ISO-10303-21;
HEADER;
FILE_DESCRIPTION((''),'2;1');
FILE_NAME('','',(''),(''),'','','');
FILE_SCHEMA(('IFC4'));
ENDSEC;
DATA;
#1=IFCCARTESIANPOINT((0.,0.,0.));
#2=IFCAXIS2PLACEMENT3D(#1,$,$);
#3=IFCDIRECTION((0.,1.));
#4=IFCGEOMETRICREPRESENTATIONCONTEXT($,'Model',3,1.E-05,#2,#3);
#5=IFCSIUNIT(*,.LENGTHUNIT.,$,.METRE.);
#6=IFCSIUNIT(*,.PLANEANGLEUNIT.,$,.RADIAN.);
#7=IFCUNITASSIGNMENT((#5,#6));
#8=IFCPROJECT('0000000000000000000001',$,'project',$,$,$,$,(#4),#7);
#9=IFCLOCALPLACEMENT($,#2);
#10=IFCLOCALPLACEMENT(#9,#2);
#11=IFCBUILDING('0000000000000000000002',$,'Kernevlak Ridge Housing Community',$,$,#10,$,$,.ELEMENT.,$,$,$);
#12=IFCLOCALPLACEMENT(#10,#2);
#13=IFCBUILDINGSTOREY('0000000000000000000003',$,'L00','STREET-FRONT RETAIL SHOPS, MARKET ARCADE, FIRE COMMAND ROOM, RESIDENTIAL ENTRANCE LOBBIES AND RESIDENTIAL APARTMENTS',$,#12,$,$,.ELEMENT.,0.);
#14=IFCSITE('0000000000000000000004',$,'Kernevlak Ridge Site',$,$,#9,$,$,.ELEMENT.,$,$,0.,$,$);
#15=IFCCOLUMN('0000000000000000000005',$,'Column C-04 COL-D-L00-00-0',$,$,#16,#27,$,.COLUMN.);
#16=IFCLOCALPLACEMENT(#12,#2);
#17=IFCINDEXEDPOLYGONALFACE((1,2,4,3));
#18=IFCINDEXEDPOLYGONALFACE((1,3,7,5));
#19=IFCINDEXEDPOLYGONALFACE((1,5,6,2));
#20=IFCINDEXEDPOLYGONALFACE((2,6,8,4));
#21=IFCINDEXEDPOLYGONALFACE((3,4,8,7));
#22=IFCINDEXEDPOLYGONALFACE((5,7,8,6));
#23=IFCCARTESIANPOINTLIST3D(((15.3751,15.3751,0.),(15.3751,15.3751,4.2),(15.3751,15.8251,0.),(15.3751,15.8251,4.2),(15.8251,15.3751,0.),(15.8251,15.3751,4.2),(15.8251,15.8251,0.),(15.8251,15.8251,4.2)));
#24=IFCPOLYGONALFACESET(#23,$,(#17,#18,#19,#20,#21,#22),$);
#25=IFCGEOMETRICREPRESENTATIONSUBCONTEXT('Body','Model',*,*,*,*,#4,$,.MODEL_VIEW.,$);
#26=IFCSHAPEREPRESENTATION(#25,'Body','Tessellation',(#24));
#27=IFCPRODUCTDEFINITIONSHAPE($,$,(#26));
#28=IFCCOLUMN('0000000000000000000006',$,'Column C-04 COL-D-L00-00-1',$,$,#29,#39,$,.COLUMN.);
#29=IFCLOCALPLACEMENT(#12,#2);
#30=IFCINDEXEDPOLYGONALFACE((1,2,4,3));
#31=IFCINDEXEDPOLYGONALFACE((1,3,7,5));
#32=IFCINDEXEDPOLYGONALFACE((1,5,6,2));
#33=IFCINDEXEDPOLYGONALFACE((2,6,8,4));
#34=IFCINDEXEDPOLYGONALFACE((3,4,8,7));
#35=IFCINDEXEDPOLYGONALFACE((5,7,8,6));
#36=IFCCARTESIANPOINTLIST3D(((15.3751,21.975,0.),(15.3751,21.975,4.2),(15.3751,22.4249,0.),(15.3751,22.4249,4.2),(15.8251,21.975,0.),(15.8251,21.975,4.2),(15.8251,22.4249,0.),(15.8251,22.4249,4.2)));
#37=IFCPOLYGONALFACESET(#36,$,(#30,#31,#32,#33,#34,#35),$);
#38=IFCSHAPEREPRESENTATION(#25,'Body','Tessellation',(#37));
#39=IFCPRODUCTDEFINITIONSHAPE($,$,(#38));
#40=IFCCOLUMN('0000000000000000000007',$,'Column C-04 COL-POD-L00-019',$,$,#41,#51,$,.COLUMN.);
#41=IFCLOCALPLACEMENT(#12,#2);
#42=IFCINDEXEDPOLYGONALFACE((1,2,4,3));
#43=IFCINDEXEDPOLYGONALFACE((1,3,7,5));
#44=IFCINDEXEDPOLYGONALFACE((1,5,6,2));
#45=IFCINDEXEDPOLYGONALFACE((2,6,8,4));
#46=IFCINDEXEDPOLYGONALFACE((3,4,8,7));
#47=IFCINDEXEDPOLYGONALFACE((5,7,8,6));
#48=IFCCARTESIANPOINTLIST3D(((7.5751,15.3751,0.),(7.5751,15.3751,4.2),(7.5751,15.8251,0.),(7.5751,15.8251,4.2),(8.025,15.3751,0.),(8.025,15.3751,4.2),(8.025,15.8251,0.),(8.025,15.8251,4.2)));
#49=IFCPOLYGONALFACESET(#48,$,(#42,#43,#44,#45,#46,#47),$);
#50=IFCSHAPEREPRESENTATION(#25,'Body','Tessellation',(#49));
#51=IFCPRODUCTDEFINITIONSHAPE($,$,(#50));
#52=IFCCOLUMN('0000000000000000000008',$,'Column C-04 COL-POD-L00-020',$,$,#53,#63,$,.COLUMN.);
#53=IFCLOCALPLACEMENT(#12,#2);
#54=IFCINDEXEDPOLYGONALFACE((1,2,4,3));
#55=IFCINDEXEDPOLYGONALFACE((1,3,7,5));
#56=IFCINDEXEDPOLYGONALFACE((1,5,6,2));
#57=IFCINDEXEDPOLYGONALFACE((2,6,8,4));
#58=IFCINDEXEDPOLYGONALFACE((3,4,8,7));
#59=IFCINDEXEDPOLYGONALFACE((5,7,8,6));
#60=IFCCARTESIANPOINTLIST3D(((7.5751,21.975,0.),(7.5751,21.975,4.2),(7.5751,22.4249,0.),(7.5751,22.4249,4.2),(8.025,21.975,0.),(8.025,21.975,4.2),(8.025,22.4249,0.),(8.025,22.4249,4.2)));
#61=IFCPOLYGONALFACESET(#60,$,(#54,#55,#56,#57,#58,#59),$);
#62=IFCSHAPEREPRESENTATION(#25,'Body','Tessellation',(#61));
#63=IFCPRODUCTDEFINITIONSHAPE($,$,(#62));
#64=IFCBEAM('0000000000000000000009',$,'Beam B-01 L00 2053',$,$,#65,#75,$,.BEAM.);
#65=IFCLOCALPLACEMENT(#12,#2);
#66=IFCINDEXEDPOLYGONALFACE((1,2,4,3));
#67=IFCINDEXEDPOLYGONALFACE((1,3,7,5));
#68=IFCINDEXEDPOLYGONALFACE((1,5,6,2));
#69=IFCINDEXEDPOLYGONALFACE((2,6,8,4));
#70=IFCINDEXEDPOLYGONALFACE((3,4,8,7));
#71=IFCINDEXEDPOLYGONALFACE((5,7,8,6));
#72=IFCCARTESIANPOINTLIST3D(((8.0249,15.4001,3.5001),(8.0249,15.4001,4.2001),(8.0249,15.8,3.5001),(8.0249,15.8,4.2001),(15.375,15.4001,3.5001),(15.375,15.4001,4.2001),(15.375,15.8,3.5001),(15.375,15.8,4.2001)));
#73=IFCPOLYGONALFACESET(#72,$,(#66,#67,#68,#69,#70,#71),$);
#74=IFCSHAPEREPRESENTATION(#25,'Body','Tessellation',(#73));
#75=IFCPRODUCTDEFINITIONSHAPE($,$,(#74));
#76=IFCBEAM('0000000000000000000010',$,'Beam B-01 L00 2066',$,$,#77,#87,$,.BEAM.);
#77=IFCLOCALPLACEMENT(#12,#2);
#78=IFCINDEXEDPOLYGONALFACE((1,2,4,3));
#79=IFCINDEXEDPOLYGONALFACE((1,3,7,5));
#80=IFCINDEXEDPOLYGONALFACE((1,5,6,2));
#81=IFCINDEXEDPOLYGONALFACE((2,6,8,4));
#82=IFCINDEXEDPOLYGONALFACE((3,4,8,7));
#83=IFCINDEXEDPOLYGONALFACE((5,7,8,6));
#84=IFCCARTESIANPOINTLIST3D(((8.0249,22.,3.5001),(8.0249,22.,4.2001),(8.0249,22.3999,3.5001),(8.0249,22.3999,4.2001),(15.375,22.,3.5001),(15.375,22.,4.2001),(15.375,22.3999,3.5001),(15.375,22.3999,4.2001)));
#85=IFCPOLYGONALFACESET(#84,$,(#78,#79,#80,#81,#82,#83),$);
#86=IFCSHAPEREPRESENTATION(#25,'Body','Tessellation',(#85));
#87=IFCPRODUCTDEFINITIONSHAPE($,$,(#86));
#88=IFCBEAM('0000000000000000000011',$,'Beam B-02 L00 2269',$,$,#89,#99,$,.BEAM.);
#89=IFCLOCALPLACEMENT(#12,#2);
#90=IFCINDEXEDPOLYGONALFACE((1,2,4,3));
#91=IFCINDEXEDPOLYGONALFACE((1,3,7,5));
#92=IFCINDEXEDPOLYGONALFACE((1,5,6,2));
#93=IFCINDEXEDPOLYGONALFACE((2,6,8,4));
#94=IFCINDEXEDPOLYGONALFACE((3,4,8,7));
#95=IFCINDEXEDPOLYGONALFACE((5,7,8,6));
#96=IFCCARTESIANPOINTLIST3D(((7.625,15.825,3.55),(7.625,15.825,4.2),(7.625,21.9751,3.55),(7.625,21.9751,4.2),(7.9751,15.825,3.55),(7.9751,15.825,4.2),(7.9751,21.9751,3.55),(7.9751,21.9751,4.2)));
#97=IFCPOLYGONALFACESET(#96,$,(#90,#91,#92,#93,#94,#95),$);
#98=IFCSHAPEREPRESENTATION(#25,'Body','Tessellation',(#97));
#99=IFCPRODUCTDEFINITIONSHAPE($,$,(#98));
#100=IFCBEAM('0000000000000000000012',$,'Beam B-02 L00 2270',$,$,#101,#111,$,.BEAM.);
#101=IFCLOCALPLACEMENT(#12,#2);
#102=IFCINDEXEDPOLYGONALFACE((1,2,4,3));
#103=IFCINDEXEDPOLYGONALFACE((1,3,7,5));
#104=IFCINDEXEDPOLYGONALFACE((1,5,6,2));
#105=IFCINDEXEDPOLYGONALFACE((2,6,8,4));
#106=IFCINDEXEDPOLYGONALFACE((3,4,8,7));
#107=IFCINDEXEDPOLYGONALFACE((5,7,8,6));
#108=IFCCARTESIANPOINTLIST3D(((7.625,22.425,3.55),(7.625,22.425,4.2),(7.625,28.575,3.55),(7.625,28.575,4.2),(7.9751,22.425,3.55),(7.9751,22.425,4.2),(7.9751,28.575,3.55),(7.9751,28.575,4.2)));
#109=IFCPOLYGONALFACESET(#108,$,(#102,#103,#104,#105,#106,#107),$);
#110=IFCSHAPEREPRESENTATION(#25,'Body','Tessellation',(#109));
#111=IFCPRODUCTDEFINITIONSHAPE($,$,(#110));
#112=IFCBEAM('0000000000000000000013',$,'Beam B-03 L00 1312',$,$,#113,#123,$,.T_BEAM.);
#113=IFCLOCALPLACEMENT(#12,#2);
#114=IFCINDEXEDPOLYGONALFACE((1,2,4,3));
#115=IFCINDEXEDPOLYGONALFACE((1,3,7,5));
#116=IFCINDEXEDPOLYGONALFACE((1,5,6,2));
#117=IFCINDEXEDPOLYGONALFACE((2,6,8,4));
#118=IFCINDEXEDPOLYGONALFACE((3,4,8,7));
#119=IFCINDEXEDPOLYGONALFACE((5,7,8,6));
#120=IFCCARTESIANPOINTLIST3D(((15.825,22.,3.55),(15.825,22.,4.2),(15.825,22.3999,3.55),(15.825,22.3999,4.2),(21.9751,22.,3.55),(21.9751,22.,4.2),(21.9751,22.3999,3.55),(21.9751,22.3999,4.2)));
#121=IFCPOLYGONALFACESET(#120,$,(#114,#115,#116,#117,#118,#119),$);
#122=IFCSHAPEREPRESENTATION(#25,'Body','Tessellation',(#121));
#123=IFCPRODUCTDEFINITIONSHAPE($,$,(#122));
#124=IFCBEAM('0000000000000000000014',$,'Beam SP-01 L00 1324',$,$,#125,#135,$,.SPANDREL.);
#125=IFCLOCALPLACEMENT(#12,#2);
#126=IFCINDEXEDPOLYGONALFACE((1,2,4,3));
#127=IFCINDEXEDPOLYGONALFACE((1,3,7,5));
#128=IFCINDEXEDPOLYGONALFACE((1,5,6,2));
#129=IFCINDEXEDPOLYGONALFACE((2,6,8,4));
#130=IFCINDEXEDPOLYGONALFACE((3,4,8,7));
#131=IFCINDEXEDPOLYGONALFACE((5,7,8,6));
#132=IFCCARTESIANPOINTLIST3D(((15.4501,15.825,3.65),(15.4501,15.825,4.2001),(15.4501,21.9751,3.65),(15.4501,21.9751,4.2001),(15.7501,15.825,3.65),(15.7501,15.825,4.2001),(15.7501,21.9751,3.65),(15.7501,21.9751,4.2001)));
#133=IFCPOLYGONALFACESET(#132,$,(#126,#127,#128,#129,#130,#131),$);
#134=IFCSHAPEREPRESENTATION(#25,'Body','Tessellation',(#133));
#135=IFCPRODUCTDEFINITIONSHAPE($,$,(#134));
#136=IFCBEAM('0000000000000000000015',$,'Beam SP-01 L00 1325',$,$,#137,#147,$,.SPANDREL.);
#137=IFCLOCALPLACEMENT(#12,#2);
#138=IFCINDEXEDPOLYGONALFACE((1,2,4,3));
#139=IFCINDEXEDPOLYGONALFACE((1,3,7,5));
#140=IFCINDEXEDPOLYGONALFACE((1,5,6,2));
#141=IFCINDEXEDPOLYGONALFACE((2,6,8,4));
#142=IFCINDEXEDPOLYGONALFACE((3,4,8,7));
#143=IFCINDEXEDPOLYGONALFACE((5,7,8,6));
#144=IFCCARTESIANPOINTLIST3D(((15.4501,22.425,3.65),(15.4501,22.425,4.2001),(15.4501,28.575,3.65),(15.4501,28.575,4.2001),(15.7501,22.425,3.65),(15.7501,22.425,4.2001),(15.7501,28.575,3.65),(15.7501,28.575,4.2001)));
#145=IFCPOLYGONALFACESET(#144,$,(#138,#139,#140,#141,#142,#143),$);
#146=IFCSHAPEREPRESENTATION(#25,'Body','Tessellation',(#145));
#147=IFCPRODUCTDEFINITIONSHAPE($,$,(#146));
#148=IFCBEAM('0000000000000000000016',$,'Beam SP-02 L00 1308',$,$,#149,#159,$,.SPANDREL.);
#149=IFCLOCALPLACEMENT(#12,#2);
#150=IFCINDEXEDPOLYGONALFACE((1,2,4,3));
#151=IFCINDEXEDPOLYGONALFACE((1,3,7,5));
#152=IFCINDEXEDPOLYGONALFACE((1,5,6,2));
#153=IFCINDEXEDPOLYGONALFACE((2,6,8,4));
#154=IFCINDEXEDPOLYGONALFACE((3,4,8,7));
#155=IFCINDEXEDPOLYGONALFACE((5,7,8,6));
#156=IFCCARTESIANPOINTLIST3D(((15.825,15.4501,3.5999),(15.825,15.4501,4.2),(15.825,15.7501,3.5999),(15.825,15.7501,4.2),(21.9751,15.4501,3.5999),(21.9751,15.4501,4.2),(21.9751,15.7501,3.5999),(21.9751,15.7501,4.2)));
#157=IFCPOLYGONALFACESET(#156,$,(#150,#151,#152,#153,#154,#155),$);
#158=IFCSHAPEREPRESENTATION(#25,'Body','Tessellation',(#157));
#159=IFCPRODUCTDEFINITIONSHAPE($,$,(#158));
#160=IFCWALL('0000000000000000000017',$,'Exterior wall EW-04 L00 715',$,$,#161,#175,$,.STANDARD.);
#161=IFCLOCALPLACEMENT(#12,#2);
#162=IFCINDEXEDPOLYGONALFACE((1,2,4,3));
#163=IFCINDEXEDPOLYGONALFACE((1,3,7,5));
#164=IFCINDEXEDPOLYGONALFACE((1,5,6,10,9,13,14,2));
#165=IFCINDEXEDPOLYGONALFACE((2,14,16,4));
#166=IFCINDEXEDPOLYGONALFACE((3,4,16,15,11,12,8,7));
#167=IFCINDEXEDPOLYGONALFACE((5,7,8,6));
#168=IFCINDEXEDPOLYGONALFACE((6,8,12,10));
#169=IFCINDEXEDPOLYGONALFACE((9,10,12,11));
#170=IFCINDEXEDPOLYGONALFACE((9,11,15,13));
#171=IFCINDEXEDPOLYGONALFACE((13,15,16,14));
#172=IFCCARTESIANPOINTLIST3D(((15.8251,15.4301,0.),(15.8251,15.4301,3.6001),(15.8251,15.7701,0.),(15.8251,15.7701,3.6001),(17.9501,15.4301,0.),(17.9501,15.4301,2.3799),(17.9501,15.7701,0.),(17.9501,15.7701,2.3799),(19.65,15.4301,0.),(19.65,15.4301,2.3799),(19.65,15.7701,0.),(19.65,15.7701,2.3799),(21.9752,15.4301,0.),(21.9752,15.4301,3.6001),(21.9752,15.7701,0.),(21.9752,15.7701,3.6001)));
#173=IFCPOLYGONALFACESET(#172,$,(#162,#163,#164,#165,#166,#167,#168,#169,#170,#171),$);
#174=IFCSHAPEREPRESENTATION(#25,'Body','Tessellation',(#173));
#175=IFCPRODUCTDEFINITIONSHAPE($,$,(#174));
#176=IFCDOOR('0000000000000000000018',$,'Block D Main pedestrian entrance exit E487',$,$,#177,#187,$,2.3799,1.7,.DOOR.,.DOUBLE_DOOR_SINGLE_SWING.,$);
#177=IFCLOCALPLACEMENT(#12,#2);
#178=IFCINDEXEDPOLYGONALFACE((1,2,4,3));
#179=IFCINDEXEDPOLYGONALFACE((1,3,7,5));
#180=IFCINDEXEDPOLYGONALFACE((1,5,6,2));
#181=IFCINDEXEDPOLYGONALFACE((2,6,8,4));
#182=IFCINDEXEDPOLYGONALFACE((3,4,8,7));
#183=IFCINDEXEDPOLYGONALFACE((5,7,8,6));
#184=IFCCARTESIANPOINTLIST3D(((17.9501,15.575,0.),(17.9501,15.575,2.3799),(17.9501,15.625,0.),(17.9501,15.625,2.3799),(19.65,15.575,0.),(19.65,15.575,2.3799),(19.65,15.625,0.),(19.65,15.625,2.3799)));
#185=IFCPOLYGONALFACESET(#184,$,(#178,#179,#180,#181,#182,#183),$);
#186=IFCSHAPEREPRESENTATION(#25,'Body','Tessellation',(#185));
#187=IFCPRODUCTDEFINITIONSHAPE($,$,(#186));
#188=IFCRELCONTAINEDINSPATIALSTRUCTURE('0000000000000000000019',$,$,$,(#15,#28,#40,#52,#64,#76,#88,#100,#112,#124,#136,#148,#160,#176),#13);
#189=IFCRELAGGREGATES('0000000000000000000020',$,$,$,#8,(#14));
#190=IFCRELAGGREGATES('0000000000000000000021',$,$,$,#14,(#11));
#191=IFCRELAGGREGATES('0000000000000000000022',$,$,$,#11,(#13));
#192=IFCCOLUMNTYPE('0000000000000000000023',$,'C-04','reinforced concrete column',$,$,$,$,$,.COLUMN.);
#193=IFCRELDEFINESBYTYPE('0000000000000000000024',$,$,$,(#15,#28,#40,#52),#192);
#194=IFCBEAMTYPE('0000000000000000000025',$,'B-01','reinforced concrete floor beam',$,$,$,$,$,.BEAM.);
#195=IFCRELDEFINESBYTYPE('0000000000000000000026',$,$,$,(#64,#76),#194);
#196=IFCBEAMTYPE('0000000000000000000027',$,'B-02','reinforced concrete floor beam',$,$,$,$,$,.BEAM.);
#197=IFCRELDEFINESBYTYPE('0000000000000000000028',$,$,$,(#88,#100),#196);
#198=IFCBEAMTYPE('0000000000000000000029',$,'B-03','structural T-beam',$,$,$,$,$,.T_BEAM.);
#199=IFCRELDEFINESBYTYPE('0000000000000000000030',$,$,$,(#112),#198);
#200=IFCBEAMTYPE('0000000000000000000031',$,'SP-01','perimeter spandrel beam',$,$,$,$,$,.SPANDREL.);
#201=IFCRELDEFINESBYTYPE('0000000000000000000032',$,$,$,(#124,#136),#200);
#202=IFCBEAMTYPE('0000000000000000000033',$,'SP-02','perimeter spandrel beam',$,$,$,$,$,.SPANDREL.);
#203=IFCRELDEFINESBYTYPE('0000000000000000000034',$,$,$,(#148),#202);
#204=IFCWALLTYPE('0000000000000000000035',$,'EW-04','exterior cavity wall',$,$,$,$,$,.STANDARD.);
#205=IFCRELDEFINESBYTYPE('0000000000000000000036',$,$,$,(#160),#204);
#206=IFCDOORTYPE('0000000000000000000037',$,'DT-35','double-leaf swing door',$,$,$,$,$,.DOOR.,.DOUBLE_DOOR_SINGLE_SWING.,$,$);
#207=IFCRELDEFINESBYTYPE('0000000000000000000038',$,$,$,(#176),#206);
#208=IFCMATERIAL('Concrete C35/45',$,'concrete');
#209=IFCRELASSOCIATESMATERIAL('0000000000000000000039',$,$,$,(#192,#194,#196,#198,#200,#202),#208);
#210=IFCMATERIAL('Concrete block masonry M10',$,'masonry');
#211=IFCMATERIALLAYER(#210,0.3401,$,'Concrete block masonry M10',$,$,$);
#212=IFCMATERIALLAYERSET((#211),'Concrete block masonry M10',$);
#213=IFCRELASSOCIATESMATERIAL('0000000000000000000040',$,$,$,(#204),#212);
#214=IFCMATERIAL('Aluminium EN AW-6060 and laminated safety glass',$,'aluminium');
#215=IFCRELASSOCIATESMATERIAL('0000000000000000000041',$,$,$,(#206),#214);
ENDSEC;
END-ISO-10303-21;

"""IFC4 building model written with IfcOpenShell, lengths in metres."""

from ifc_helpers import new_model, si_unit, direction, frame, frame_2d, origin, origin_2d, place, context, subcontext, project, spatial, rectangle, extrude, material, layer, layer_set, material_profile, profile_set, type_object, element, fill, save


model = new_model("IFC4")

# Units and contexts
model_context = context("Model", 3, precision=1e-05, world=origin(), true_north=direction((0.0, 1.0)))
body_context = subcontext(model_context, "Body", "Model", "MODEL_VIEW")
ifc_project = project(units=[si_unit("LENGTHUNIT", "METRE"), si_unit("PLANEANGLEUNIT", "RADIAN")], contexts=[model_context])

# Site, building, storey
site_placement = place(None, origin())
site = spatial("IfcSite", under=ifc_project, at=site_placement, Name="Kernevlak Ridge Site", CompositionType="ELEMENT", RefElevation=0.0)
building_placement = place(site_placement, origin())
building = spatial("IfcBuilding", under=site, at=building_placement, Name="Kernevlak Ridge Housing Community", CompositionType="ELEMENT")
storey_placement = place(building_placement, origin())
storey = spatial("IfcBuildingStorey", under=building, at=storey_placement, Name="L00", Description="STREET-FRONT RETAIL SHOPS, MARKET ARCADE, FIRE COMMAND ROOM, RESIDENTIAL ENTRANCE LOBBIES AND RESIDENTIAL APARTMENTS", CompositionType="ELEMENT", Elevation=0.0)

# Columns
ifc_material_1 = material(Name="Concrete C35/45", Category="concrete")
ifc_material_profile_1 = material_profile(ifc_material_1, rectangle(XDim=0.45, YDim=0.45, at=origin_2d()), Name="RC 450x450")
ifc_profile_set_1 = profile_set([ifc_material_profile_1], Name="Concrete C35/45")
column_type = type_object("IfcColumnType", Name="C-04", Description="reinforced concrete column", PredefinedType="COLUMN", material=ifc_profile_set_1)
for number, where, z_axis, x_axis, name in (
    (1, (15.6001, 15.6001, 0.0), (0.0, 0.0, 1.0), (1.0, 0.0, 0.0), "Column C-04 COL-D-L00-00-0"),
    (2, (15.6001, 22.2, 0.0), (0.0, 0.0, 1.0), (1.0, 0.0, 0.0), "Column C-04 COL-D-L00-00-1"),
    (3, (7.8, 15.6001, 0.0), (0.0, 0.0, 1.0), (1.0, 0.0, 0.0), "Column C-04 COL-POD-L00-019"),
    (4, (7.8, 22.2, 0.0), (0.0, 0.0, 1.0), (1.0, 0.0, 0.0), "Column C-04 COL-POD-L00-020"),
):
    element("IfcColumn", number, at=place(storey_placement, frame(where, z_axis=z_axis, x_axis=x_axis)), inside=storey, type_object=column_type, Name=name, PredefinedType="COLUMN", context=body_context, shape_type="SweptSolid", body=[
        extrude(rectangle(XDim=0.45, YDim=0.45, at=origin_2d()), origin(), (0.0, 0.0, 1.0), 4.2),
    ])

# Beams
ifc_material_profile_2 = material_profile(ifc_material_1, rectangle(XDim=0.3999, YDim=0.7, at=origin_2d()), Name="RC 400x700")
ifc_profile_set_2 = profile_set([ifc_material_profile_2], Name="Concrete C35/45")
beam_type_1 = type_object("IfcBeamType", Name="B-01", Description="reinforced concrete floor beam", PredefinedType="BEAM", material=ifc_profile_set_2)
for number, where, z_axis, x_axis, name in (
    (5, (8.0249, 15.6001, 3.8501), (1.0, 0.0, 0.0), (0.0, 1.0, 0.0), "Beam B-01 L00 2053"),
    (6, (8.0249, 22.2, 3.8501), (1.0, 0.0, 0.0), (0.0, 1.0, 0.0), "Beam B-01 L00 2066"),
):
    element("IfcBeam", number, at=place(storey_placement, frame(where, z_axis=z_axis, x_axis=x_axis)), inside=storey, type_object=beam_type_1, Name=name, PredefinedType="BEAM", context=body_context, shape_type="SweptSolid", body=[
        extrude(rectangle(XDim=0.3999, YDim=0.7, at=origin_2d()), origin(), (0.0, 0.0, 1.0), 7.3501),
    ])
ifc_material_profile_3 = material_profile(ifc_material_1, rectangle(XDim=0.3501, YDim=0.6499, at=origin_2d()), Name="RC 350x650")
ifc_profile_set_3 = profile_set([ifc_material_profile_3], Name="Concrete C35/45")
beam_type_2 = type_object("IfcBeamType", Name="B-02", Description="reinforced concrete floor beam", PredefinedType="BEAM", material=ifc_profile_set_3)
beam_1_placement = place(storey_placement, frame((7.8, 15.825, 3.875), z_axis=(0.0, 1.0, 0.0), x_axis=(-1.0, 0.0, 0.0)))
element("IfcBeam", 7, at=beam_1_placement, inside=storey, type_object=beam_type_2, Name="Beam B-02 L00 2269", PredefinedType="BEAM", context=body_context, shape_type="SweptSolid", body=[
    extrude(rectangle(XDim=0.3501, YDim=0.6499, at=origin_2d()), origin(), (0.0, 0.0, 1.0), 6.1501),
])
beam_2_placement = place(storey_placement, frame((7.8, 22.425, 3.875), z_axis=(0.0, 1.0, 0.0), x_axis=(-1.0, 0.0, 0.0)))
element("IfcBeam", 8, at=beam_2_placement, inside=storey, type_object=beam_type_2, Name="Beam B-02 L00 2270", PredefinedType="BEAM", context=body_context, shape_type="SweptSolid", body=[
    extrude(rectangle(XDim=0.3501, YDim=0.6499, at=origin_2d()), origin(), (0.0, 0.0, 1.0), 6.1499),
])
ifc_material_profile_4 = material_profile(ifc_material_1, rectangle(XDim=0.3999, YDim=0.6499, at=origin_2d()), Name="RC 400x650")
ifc_profile_set_4 = profile_set([ifc_material_profile_4], Name="Concrete C35/45")
beam_type_3 = type_object("IfcBeamType", Name="B-03", Description="structural T-beam", PredefinedType="T_BEAM", material=ifc_profile_set_4)
beam_3_placement = place(storey_placement, frame((15.825, 22.2, 3.875), z_axis=(1.0, 0.0, 0.0), x_axis=(0.0, 1.0, 0.0)))
element("IfcBeam", 9, at=beam_3_placement, inside=storey, type_object=beam_type_3, Name="Beam B-03 L00 1312", PredefinedType="T_BEAM", context=body_context, shape_type="SweptSolid", body=[
    extrude(rectangle(XDim=0.3999, YDim=0.6499, at=origin_2d()), origin(), (0.0, 0.0, 1.0), 6.1501),
])
ifc_material_profile_5 = material_profile(ifc_material_1, rectangle(XDim=0.3, YDim=0.55, at=origin_2d()), Name="RC 300x550")
ifc_profile_set_5 = profile_set([ifc_material_profile_5], Name="Concrete C35/45")
beam_type_4 = type_object("IfcBeamType", Name="SP-01", Description="perimeter spandrel beam", PredefinedType="SPANDREL", material=ifc_profile_set_5)
beam_4_placement = place(storey_placement, frame((15.6001, 15.825, 3.925), z_axis=(0.0, 1.0, 0.0), x_axis=(-1.0, 0.0, 0.0)))
element("IfcBeam", 10, at=beam_4_placement, inside=storey, type_object=beam_type_4, Name="Beam SP-01 L00 1324", PredefinedType="SPANDREL", context=body_context, shape_type="SweptSolid", body=[
    extrude(rectangle(XDim=0.3, YDim=0.55, at=origin_2d()), origin(), (0.0, 0.0, 1.0), 6.1501),
])
beam_5_placement = place(storey_placement, frame((15.6001, 22.425, 3.925), z_axis=(0.0, 1.0, 0.0), x_axis=(-1.0, 0.0, 0.0)))
element("IfcBeam", 11, at=beam_5_placement, inside=storey, type_object=beam_type_4, Name="Beam SP-01 L00 1325", PredefinedType="SPANDREL", context=body_context, shape_type="SweptSolid", body=[
    extrude(rectangle(XDim=0.3, YDim=0.55, at=origin_2d()), origin(), (0.0, 0.0, 1.0), 6.1499),
])
ifc_material_profile_6 = material_profile(ifc_material_1, rectangle(XDim=0.3, YDim=0.6001, at=origin_2d()), Name="RC 300x600")
ifc_profile_set_6 = profile_set([ifc_material_profile_6], Name="Concrete C35/45")
beam_type_5 = type_object("IfcBeamType", Name="SP-02", Description="perimeter spandrel beam", PredefinedType="SPANDREL", material=ifc_profile_set_6)
beam_6_placement = place(storey_placement, frame((15.825, 15.6001, 3.8999), z_axis=(1.0, 0.0, 0.0), x_axis=(0.0, 1.0, 0.0)))
element("IfcBeam", 12, at=beam_6_placement, inside=storey, type_object=beam_type_5, Name="Beam SP-02 L00 1308", PredefinedType="SPANDREL", context=body_context, shape_type="SweptSolid", body=[
    extrude(rectangle(XDim=0.3, YDim=0.6001, at=origin_2d()), origin(), (0.0, 0.0, 1.0), 6.1501),
])

# Wall, opening, door
ifc_material_2 = material(Name="Concrete block masonry M10", Category="masonry")
ifc_layer_1 = layer(ifc_material_2, 0.3401, Name="Concrete block masonry M10")
ifc_layer_set_1 = layer_set([ifc_layer_1], Name="Concrete block masonry M10")
wall_type_1 = type_object("IfcWallType", Name="EW-04", Description="exterior cavity wall", PredefinedType="STANDARD", material=ifc_layer_set_1)
wall_1_placement = place(storey_placement, frame((15.825, 15.6001, 0.0), z_axis=(0.0, 0.0, 1.0), x_axis=(1.0, 0.0, 0.0)))
wall_1 = element("IfcWall", 13, at=wall_1_placement, inside=storey, type_object=wall_type_1, Name="Exterior wall EW-04 L00 715", PredefinedType="STANDARD", context=body_context, shape_type="SweptSolid", body=[
    extrude(rectangle(XDim=6.1501, YDim=0.3401, at=frame_2d((3.0752, 0.0))), origin(), (0.0, 0.0, 1.0), 3.6001),
])
opening_1_placement = place(wall_1_placement, frame((2.125, 0.0, 0.0)))
opening_1 = element("IfcOpeningElement", 14, at=opening_1_placement, cuts=wall_1, PredefinedType="OPENING", context=body_context, shape_type="SweptSolid", body=[
    extrude(rectangle(XDim=1.7, YDim=2.3799, at=frame_2d((0.8501, 1.1899))), frame((0.0, 0.1799, 0.0), z_axis=(0.0, -1.0, 0.0), x_axis=(1.0, 0.0, 0.0)), (0.0, 0.0, 1.0), 0.3601),
])
ifc_material_3 = material(Name="Aluminium EN AW-6060 and laminated safety glass", Category="aluminium")
door_type_1 = type_object("IfcDoorType", Name="DT-35", Description="double-leaf swing door", OperationType="DOUBLE_DOOR_SINGLE_SWING", PredefinedType="DOOR", material=ifc_material_3)
door_1_placement = place(opening_1_placement, origin())
door_1 = element("IfcDoor", 15, at=door_1_placement, inside=storey, type_object=door_type_1, Name="Block D Main pedestrian entrance exit E487", OperationType="DOUBLE_DOOR_SINGLE_SWING", OverallHeight=2.3799, OverallWidth=1.7, PredefinedType="DOOR", context=body_context, shape_type="SweptSolid", body=[
    extrude(rectangle(XDim=1.7, YDim=2.3799, at=frame_2d((0.8501, 1.1899))), frame((0.0, 0.0249, 0.0), z_axis=(0.0, -1.0, 0.0), x_axis=(1.0, 0.0, 0.0)), (0.0, 0.0, 1.0), 0.05),
])
fill(opening_1, door_1)

save(model, "model.ifc")
